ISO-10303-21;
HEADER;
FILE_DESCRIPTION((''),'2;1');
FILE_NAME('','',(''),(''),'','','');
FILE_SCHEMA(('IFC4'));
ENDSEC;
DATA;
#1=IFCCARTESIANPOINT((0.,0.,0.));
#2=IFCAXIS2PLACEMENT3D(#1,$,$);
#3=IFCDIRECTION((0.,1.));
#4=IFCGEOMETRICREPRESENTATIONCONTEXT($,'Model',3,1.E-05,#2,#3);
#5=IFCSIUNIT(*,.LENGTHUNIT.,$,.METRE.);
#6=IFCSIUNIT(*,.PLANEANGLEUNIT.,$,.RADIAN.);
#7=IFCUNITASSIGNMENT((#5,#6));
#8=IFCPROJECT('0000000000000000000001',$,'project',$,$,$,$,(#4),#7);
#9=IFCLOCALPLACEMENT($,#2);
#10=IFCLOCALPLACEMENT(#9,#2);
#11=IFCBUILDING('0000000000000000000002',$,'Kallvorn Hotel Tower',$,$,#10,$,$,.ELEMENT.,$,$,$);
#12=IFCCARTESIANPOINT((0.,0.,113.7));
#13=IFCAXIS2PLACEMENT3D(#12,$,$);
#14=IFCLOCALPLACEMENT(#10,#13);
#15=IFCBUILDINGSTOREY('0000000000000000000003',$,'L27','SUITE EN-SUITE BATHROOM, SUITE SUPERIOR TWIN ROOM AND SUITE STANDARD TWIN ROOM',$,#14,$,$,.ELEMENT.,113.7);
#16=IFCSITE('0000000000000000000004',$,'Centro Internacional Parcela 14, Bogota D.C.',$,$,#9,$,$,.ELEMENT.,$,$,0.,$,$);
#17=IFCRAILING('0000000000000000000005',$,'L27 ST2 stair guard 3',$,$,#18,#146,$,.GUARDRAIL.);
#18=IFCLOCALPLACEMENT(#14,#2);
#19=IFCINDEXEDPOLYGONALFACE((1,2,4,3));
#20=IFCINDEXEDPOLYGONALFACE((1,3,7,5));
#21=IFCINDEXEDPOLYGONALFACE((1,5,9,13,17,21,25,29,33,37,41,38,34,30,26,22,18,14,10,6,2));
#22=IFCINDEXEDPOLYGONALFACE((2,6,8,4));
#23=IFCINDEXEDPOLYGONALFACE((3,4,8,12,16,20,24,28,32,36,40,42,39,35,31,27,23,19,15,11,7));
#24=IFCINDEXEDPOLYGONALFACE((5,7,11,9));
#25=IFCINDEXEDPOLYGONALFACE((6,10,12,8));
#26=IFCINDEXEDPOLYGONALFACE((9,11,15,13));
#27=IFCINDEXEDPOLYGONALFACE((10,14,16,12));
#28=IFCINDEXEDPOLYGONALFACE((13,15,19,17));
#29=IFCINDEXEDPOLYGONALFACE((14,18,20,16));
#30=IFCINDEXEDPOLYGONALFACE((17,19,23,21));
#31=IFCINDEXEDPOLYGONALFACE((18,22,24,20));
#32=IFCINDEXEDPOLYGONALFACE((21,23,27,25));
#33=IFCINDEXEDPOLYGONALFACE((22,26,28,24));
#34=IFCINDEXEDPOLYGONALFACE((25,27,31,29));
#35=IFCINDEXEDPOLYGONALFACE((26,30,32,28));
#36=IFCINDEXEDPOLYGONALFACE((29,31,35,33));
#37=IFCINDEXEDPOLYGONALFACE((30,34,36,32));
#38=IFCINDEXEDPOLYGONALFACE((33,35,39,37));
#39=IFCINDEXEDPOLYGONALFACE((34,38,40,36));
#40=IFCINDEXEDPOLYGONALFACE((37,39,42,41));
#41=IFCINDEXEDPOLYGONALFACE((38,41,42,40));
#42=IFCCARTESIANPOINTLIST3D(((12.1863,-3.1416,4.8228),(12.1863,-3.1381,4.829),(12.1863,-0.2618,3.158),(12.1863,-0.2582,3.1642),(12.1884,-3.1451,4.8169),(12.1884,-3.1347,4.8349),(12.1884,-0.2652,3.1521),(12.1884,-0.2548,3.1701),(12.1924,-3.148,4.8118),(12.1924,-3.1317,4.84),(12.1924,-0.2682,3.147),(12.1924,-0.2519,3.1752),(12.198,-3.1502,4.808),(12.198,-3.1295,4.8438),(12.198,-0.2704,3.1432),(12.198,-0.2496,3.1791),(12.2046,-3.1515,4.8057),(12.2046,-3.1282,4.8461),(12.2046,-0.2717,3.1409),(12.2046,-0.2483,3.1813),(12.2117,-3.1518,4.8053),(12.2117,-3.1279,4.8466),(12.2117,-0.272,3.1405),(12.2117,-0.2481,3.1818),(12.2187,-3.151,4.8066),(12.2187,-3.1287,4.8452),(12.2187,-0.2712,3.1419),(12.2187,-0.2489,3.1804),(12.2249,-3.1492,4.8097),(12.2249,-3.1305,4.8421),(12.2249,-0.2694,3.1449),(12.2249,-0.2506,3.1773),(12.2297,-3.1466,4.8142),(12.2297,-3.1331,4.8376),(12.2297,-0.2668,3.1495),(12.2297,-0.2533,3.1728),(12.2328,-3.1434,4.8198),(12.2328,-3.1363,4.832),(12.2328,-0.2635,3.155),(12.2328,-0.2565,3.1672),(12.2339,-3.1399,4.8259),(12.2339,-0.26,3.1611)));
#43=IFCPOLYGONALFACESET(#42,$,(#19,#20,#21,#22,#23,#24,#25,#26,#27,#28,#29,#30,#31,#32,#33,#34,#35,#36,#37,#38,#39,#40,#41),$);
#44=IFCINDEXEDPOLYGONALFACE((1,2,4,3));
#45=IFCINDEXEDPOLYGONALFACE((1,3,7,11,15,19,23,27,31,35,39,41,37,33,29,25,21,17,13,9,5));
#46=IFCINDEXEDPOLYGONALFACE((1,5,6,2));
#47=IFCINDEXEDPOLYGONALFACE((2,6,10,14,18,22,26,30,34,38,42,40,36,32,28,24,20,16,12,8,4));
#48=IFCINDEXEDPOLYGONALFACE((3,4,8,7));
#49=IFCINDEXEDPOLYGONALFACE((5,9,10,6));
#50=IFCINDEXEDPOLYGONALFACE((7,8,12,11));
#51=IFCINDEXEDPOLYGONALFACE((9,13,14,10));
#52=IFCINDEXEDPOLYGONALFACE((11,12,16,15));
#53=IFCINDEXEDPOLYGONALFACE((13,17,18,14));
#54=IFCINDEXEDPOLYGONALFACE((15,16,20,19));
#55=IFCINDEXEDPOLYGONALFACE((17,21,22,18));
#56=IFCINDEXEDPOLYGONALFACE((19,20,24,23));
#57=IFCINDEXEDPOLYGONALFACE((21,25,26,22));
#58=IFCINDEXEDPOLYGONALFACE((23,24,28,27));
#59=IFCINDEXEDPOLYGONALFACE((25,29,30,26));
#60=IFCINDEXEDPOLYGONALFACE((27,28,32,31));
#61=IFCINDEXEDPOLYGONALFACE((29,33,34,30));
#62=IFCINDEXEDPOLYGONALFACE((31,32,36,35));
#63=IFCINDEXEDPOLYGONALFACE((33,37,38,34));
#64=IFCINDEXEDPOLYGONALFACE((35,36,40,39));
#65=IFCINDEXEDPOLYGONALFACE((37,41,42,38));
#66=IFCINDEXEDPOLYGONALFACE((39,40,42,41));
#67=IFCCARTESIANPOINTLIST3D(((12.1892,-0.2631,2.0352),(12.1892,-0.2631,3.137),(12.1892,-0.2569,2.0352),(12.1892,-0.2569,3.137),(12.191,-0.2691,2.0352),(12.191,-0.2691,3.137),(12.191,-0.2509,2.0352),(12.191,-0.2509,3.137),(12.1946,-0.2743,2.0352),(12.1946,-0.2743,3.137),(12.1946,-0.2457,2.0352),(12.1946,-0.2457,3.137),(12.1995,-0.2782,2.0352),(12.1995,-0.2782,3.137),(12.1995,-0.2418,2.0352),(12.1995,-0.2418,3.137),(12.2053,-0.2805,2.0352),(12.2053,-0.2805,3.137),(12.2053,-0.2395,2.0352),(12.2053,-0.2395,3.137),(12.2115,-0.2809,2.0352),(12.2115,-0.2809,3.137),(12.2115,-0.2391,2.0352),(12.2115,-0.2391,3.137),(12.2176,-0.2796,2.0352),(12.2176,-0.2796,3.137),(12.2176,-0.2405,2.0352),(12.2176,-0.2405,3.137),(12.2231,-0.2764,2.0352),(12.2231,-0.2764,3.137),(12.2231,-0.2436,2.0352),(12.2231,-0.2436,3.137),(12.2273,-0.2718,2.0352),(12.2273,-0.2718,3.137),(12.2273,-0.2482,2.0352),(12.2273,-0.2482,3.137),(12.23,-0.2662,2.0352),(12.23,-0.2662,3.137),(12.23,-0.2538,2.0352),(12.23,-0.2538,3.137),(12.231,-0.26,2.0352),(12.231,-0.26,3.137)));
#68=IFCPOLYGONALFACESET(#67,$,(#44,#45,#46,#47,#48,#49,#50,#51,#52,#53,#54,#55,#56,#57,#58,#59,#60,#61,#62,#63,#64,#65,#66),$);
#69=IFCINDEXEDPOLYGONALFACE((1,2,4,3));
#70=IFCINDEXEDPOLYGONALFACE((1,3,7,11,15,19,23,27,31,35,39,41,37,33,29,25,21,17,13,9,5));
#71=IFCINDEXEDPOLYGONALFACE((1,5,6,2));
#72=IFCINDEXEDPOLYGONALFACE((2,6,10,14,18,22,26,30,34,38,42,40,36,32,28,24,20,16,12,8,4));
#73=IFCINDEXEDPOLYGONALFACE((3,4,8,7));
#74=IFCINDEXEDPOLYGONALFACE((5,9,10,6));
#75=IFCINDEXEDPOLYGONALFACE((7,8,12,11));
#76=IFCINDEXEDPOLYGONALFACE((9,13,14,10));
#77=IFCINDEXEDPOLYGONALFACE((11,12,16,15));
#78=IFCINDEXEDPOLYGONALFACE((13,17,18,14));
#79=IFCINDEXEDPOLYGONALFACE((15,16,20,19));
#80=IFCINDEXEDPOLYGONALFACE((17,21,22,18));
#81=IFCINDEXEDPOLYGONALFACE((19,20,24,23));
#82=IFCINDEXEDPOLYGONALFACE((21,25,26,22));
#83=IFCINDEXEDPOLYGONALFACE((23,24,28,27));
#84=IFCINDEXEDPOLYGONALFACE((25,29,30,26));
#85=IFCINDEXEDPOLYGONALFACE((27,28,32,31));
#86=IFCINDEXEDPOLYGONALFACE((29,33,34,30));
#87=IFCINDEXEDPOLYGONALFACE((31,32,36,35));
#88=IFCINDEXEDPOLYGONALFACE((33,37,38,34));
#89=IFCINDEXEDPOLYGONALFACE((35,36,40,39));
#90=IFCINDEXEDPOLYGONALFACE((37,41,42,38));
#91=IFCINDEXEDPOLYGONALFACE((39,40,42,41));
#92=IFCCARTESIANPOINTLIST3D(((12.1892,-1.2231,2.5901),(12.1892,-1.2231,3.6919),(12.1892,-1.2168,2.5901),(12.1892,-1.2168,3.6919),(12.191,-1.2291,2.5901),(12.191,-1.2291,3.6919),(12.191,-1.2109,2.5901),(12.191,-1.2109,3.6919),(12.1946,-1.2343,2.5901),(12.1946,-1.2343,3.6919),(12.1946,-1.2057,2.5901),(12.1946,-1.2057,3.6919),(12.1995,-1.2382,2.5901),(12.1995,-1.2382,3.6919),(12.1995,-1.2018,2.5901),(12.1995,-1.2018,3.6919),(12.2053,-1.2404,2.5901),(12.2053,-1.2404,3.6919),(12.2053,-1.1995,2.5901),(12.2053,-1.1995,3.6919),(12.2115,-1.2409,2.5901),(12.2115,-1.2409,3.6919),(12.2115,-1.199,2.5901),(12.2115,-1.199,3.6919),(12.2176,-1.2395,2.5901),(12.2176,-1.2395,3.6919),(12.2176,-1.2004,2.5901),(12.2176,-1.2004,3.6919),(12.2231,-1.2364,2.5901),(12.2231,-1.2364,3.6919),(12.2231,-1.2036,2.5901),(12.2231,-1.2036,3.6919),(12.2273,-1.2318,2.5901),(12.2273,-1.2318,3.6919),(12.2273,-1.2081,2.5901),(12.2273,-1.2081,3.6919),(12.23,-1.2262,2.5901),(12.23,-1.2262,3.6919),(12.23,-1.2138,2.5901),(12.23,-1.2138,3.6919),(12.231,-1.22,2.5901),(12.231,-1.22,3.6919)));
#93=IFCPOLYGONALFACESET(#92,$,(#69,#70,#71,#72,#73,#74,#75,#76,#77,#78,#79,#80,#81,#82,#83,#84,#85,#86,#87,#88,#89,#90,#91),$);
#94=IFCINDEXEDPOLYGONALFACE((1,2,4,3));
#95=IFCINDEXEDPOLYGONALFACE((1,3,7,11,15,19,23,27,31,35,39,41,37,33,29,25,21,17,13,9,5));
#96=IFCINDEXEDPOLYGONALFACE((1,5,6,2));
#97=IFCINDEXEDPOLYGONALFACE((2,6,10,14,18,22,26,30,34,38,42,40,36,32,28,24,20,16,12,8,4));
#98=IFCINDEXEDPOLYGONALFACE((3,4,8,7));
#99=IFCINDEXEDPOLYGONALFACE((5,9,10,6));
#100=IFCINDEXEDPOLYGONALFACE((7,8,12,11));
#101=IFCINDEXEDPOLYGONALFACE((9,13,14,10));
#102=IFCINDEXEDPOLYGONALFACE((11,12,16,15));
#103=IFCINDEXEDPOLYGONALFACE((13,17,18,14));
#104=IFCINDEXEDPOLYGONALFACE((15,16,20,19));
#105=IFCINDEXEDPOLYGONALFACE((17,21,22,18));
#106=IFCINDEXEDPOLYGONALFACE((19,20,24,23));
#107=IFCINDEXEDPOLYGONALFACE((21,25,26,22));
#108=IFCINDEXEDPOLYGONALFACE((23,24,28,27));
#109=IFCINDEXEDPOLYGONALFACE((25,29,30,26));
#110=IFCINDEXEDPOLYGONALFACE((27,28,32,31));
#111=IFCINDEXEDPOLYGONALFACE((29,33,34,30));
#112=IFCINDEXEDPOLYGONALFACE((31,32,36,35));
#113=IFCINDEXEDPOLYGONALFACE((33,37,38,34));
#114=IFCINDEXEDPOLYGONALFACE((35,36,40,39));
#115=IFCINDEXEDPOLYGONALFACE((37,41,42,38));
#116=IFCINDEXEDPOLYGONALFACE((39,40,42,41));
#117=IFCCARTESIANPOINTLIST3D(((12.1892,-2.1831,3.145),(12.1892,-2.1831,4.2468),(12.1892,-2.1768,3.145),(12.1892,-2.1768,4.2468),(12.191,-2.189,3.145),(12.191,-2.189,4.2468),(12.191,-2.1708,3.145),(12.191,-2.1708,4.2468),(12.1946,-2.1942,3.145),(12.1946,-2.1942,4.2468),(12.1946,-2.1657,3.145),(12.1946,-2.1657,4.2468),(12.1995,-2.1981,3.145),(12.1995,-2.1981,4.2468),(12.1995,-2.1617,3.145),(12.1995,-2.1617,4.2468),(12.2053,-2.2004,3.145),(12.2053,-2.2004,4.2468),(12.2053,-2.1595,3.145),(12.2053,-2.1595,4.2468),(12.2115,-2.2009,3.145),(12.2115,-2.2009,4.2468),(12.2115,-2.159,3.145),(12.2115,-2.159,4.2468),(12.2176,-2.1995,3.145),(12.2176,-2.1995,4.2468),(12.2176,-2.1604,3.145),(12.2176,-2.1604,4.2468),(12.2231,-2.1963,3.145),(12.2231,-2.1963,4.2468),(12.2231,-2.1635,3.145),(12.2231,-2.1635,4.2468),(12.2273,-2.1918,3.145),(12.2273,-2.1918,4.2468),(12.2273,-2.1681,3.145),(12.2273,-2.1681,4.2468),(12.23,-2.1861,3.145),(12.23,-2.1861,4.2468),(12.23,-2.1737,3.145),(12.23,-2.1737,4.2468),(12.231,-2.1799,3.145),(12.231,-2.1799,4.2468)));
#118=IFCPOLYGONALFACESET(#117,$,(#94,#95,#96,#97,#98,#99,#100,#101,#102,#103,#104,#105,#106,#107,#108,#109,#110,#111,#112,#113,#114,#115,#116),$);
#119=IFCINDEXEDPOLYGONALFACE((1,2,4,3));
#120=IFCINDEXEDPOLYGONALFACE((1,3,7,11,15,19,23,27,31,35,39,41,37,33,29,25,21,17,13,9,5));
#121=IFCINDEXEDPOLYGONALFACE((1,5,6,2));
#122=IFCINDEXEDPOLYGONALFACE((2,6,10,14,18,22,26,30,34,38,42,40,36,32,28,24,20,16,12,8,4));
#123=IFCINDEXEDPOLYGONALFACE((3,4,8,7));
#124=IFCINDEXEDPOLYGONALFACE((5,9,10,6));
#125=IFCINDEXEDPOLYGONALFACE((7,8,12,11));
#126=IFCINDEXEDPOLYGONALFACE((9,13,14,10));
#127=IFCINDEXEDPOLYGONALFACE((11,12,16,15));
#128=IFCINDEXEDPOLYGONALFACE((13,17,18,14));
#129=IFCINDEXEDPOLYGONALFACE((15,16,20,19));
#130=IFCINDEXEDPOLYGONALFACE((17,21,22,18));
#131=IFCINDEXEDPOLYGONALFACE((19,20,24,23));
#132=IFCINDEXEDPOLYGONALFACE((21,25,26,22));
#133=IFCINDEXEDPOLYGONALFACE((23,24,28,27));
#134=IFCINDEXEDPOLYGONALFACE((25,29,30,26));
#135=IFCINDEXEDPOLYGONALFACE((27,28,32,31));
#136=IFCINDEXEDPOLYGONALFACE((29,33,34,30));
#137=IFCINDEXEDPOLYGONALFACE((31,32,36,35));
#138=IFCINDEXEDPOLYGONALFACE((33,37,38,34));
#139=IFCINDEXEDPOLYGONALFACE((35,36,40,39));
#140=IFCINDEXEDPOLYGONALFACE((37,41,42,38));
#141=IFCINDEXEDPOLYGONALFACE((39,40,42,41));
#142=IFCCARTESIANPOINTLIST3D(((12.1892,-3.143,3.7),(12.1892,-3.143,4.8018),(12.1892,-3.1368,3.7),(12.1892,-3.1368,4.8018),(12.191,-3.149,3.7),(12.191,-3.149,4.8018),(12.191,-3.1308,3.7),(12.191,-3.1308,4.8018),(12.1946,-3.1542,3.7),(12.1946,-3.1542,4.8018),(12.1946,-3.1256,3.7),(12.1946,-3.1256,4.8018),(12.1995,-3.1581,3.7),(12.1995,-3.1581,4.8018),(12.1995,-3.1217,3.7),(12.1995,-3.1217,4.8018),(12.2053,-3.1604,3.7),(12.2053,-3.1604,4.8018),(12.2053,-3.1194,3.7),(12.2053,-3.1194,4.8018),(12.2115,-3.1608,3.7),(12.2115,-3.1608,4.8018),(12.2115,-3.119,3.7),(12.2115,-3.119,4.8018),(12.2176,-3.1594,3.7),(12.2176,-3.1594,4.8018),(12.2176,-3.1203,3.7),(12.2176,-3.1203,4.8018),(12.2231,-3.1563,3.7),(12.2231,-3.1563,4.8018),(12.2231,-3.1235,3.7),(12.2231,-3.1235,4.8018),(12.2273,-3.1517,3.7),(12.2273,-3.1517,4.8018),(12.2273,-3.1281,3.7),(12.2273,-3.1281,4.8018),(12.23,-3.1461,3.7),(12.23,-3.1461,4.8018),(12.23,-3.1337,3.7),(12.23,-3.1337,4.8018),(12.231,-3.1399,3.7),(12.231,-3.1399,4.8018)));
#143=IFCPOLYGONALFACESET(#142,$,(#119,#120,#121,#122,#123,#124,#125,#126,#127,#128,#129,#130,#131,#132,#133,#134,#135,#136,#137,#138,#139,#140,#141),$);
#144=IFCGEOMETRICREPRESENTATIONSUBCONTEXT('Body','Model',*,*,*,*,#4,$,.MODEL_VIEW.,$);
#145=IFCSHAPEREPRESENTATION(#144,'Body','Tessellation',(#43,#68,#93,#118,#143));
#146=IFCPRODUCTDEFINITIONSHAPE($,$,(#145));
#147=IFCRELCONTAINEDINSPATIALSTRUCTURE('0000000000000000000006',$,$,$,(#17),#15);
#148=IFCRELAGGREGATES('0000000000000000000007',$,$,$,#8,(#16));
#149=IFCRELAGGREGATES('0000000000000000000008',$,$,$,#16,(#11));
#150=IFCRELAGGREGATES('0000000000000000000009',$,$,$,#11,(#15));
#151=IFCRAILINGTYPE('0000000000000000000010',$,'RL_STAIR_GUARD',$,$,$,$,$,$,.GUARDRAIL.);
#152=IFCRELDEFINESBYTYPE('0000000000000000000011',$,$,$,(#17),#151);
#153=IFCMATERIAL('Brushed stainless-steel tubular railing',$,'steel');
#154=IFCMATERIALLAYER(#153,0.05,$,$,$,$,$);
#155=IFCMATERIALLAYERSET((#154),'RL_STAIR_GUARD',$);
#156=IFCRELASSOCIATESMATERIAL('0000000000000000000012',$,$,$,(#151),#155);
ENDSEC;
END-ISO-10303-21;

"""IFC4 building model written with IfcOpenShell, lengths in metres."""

from ifc_helpers import new_model, si_unit, direction, frame, origin, origin_2d, place, context, subcontext, project, spatial, circle, extrude, material, layer, layer_set, type_object, element, save


model = new_model("IFC4")

# Units and contexts
model_context = context("Model", 3, precision=1e-05, world=origin(), true_north=direction((0.0, 1.0)))
body_context = subcontext(model_context, "Body", "Model", "MODEL_VIEW")
ifc_project = project(units=[si_unit("LENGTHUNIT", "METRE"), si_unit("PLANEANGLEUNIT", "RADIAN")], contexts=[model_context])

# Site, building, storey
site_placement = place(None, origin())
site = spatial("IfcSite", under=ifc_project, at=site_placement, Name="Centro Internacional Parcela 14, Bogota D.C.", CompositionType="ELEMENT", RefElevation=0.0)
building_placement = place(site_placement, origin())
building = spatial("IfcBuilding", under=site, at=building_placement, Name="Kallvorn Hotel Tower", CompositionType="ELEMENT")
storey_placement = place(building_placement, frame((0.0, 0.0, 113.7)))
storey = spatial("IfcBuildingStorey", under=building, at=storey_placement, Name="L27", Description="SUITE EN-SUITE BATHROOM, SUITE SUPERIOR TWIN ROOM AND SUITE STANDARD TWIN ROOM", CompositionType="ELEMENT", Elevation=113.7)

# Railing
ifc_material_1 = material(Name="Brushed stainless-steel tubular railing", Category="steel")
ifc_layer_1 = layer(ifc_material_1, 0.05)
ifc_layer_set_1 = layer_set([ifc_layer_1], Name="RL_STAIR_GUARD")
railing_type_1 = type_object("IfcRailingType", Name="RL_STAIR_GUARD", PredefinedType="GUARDRAIL", material=ifc_layer_set_1)
railing_1_placement = place(storey_placement, frame((12.21, -0.26, 2.0352)))
element("IfcRailing", 1, at=railing_1_placement, inside=storey, type_object=railing_type_1, Name="L27 ST2 stair guard 3", PredefinedType="GUARDRAIL", context=body_context, shape_type="SweptSolid", body=[
    extrude(circle(Radius=0.0239, at=origin_2d()), frame((0.0, 0.0, 1.126), z_axis=(0.0, -0.865753, 0.500472), x_axis=(1.0, 0.0, 0.0)), (0.0, 0.0, 1.0), 3.3264),
    extrude(circle(Radius=0.021, at=origin_2d()), origin(), (0.0, 0.0, 1.0), 1.1018),
    extrude(circle(Radius=0.021, at=origin_2d()), frame((0.0, -0.96, 0.5549)), (0.0, 0.0, 1.0), 1.1018),
    extrude(circle(Radius=0.021, at=origin_2d()), frame((0.0, -1.9199, 1.1099)), (0.0, 0.0, 1.0), 1.1018),
    extrude(circle(Radius=0.021, at=origin_2d()), frame((0.0, -2.8799, 1.6648)), (0.0, 0.0, 1.0), 1.1018),
])

save(model, "model.ifc")
